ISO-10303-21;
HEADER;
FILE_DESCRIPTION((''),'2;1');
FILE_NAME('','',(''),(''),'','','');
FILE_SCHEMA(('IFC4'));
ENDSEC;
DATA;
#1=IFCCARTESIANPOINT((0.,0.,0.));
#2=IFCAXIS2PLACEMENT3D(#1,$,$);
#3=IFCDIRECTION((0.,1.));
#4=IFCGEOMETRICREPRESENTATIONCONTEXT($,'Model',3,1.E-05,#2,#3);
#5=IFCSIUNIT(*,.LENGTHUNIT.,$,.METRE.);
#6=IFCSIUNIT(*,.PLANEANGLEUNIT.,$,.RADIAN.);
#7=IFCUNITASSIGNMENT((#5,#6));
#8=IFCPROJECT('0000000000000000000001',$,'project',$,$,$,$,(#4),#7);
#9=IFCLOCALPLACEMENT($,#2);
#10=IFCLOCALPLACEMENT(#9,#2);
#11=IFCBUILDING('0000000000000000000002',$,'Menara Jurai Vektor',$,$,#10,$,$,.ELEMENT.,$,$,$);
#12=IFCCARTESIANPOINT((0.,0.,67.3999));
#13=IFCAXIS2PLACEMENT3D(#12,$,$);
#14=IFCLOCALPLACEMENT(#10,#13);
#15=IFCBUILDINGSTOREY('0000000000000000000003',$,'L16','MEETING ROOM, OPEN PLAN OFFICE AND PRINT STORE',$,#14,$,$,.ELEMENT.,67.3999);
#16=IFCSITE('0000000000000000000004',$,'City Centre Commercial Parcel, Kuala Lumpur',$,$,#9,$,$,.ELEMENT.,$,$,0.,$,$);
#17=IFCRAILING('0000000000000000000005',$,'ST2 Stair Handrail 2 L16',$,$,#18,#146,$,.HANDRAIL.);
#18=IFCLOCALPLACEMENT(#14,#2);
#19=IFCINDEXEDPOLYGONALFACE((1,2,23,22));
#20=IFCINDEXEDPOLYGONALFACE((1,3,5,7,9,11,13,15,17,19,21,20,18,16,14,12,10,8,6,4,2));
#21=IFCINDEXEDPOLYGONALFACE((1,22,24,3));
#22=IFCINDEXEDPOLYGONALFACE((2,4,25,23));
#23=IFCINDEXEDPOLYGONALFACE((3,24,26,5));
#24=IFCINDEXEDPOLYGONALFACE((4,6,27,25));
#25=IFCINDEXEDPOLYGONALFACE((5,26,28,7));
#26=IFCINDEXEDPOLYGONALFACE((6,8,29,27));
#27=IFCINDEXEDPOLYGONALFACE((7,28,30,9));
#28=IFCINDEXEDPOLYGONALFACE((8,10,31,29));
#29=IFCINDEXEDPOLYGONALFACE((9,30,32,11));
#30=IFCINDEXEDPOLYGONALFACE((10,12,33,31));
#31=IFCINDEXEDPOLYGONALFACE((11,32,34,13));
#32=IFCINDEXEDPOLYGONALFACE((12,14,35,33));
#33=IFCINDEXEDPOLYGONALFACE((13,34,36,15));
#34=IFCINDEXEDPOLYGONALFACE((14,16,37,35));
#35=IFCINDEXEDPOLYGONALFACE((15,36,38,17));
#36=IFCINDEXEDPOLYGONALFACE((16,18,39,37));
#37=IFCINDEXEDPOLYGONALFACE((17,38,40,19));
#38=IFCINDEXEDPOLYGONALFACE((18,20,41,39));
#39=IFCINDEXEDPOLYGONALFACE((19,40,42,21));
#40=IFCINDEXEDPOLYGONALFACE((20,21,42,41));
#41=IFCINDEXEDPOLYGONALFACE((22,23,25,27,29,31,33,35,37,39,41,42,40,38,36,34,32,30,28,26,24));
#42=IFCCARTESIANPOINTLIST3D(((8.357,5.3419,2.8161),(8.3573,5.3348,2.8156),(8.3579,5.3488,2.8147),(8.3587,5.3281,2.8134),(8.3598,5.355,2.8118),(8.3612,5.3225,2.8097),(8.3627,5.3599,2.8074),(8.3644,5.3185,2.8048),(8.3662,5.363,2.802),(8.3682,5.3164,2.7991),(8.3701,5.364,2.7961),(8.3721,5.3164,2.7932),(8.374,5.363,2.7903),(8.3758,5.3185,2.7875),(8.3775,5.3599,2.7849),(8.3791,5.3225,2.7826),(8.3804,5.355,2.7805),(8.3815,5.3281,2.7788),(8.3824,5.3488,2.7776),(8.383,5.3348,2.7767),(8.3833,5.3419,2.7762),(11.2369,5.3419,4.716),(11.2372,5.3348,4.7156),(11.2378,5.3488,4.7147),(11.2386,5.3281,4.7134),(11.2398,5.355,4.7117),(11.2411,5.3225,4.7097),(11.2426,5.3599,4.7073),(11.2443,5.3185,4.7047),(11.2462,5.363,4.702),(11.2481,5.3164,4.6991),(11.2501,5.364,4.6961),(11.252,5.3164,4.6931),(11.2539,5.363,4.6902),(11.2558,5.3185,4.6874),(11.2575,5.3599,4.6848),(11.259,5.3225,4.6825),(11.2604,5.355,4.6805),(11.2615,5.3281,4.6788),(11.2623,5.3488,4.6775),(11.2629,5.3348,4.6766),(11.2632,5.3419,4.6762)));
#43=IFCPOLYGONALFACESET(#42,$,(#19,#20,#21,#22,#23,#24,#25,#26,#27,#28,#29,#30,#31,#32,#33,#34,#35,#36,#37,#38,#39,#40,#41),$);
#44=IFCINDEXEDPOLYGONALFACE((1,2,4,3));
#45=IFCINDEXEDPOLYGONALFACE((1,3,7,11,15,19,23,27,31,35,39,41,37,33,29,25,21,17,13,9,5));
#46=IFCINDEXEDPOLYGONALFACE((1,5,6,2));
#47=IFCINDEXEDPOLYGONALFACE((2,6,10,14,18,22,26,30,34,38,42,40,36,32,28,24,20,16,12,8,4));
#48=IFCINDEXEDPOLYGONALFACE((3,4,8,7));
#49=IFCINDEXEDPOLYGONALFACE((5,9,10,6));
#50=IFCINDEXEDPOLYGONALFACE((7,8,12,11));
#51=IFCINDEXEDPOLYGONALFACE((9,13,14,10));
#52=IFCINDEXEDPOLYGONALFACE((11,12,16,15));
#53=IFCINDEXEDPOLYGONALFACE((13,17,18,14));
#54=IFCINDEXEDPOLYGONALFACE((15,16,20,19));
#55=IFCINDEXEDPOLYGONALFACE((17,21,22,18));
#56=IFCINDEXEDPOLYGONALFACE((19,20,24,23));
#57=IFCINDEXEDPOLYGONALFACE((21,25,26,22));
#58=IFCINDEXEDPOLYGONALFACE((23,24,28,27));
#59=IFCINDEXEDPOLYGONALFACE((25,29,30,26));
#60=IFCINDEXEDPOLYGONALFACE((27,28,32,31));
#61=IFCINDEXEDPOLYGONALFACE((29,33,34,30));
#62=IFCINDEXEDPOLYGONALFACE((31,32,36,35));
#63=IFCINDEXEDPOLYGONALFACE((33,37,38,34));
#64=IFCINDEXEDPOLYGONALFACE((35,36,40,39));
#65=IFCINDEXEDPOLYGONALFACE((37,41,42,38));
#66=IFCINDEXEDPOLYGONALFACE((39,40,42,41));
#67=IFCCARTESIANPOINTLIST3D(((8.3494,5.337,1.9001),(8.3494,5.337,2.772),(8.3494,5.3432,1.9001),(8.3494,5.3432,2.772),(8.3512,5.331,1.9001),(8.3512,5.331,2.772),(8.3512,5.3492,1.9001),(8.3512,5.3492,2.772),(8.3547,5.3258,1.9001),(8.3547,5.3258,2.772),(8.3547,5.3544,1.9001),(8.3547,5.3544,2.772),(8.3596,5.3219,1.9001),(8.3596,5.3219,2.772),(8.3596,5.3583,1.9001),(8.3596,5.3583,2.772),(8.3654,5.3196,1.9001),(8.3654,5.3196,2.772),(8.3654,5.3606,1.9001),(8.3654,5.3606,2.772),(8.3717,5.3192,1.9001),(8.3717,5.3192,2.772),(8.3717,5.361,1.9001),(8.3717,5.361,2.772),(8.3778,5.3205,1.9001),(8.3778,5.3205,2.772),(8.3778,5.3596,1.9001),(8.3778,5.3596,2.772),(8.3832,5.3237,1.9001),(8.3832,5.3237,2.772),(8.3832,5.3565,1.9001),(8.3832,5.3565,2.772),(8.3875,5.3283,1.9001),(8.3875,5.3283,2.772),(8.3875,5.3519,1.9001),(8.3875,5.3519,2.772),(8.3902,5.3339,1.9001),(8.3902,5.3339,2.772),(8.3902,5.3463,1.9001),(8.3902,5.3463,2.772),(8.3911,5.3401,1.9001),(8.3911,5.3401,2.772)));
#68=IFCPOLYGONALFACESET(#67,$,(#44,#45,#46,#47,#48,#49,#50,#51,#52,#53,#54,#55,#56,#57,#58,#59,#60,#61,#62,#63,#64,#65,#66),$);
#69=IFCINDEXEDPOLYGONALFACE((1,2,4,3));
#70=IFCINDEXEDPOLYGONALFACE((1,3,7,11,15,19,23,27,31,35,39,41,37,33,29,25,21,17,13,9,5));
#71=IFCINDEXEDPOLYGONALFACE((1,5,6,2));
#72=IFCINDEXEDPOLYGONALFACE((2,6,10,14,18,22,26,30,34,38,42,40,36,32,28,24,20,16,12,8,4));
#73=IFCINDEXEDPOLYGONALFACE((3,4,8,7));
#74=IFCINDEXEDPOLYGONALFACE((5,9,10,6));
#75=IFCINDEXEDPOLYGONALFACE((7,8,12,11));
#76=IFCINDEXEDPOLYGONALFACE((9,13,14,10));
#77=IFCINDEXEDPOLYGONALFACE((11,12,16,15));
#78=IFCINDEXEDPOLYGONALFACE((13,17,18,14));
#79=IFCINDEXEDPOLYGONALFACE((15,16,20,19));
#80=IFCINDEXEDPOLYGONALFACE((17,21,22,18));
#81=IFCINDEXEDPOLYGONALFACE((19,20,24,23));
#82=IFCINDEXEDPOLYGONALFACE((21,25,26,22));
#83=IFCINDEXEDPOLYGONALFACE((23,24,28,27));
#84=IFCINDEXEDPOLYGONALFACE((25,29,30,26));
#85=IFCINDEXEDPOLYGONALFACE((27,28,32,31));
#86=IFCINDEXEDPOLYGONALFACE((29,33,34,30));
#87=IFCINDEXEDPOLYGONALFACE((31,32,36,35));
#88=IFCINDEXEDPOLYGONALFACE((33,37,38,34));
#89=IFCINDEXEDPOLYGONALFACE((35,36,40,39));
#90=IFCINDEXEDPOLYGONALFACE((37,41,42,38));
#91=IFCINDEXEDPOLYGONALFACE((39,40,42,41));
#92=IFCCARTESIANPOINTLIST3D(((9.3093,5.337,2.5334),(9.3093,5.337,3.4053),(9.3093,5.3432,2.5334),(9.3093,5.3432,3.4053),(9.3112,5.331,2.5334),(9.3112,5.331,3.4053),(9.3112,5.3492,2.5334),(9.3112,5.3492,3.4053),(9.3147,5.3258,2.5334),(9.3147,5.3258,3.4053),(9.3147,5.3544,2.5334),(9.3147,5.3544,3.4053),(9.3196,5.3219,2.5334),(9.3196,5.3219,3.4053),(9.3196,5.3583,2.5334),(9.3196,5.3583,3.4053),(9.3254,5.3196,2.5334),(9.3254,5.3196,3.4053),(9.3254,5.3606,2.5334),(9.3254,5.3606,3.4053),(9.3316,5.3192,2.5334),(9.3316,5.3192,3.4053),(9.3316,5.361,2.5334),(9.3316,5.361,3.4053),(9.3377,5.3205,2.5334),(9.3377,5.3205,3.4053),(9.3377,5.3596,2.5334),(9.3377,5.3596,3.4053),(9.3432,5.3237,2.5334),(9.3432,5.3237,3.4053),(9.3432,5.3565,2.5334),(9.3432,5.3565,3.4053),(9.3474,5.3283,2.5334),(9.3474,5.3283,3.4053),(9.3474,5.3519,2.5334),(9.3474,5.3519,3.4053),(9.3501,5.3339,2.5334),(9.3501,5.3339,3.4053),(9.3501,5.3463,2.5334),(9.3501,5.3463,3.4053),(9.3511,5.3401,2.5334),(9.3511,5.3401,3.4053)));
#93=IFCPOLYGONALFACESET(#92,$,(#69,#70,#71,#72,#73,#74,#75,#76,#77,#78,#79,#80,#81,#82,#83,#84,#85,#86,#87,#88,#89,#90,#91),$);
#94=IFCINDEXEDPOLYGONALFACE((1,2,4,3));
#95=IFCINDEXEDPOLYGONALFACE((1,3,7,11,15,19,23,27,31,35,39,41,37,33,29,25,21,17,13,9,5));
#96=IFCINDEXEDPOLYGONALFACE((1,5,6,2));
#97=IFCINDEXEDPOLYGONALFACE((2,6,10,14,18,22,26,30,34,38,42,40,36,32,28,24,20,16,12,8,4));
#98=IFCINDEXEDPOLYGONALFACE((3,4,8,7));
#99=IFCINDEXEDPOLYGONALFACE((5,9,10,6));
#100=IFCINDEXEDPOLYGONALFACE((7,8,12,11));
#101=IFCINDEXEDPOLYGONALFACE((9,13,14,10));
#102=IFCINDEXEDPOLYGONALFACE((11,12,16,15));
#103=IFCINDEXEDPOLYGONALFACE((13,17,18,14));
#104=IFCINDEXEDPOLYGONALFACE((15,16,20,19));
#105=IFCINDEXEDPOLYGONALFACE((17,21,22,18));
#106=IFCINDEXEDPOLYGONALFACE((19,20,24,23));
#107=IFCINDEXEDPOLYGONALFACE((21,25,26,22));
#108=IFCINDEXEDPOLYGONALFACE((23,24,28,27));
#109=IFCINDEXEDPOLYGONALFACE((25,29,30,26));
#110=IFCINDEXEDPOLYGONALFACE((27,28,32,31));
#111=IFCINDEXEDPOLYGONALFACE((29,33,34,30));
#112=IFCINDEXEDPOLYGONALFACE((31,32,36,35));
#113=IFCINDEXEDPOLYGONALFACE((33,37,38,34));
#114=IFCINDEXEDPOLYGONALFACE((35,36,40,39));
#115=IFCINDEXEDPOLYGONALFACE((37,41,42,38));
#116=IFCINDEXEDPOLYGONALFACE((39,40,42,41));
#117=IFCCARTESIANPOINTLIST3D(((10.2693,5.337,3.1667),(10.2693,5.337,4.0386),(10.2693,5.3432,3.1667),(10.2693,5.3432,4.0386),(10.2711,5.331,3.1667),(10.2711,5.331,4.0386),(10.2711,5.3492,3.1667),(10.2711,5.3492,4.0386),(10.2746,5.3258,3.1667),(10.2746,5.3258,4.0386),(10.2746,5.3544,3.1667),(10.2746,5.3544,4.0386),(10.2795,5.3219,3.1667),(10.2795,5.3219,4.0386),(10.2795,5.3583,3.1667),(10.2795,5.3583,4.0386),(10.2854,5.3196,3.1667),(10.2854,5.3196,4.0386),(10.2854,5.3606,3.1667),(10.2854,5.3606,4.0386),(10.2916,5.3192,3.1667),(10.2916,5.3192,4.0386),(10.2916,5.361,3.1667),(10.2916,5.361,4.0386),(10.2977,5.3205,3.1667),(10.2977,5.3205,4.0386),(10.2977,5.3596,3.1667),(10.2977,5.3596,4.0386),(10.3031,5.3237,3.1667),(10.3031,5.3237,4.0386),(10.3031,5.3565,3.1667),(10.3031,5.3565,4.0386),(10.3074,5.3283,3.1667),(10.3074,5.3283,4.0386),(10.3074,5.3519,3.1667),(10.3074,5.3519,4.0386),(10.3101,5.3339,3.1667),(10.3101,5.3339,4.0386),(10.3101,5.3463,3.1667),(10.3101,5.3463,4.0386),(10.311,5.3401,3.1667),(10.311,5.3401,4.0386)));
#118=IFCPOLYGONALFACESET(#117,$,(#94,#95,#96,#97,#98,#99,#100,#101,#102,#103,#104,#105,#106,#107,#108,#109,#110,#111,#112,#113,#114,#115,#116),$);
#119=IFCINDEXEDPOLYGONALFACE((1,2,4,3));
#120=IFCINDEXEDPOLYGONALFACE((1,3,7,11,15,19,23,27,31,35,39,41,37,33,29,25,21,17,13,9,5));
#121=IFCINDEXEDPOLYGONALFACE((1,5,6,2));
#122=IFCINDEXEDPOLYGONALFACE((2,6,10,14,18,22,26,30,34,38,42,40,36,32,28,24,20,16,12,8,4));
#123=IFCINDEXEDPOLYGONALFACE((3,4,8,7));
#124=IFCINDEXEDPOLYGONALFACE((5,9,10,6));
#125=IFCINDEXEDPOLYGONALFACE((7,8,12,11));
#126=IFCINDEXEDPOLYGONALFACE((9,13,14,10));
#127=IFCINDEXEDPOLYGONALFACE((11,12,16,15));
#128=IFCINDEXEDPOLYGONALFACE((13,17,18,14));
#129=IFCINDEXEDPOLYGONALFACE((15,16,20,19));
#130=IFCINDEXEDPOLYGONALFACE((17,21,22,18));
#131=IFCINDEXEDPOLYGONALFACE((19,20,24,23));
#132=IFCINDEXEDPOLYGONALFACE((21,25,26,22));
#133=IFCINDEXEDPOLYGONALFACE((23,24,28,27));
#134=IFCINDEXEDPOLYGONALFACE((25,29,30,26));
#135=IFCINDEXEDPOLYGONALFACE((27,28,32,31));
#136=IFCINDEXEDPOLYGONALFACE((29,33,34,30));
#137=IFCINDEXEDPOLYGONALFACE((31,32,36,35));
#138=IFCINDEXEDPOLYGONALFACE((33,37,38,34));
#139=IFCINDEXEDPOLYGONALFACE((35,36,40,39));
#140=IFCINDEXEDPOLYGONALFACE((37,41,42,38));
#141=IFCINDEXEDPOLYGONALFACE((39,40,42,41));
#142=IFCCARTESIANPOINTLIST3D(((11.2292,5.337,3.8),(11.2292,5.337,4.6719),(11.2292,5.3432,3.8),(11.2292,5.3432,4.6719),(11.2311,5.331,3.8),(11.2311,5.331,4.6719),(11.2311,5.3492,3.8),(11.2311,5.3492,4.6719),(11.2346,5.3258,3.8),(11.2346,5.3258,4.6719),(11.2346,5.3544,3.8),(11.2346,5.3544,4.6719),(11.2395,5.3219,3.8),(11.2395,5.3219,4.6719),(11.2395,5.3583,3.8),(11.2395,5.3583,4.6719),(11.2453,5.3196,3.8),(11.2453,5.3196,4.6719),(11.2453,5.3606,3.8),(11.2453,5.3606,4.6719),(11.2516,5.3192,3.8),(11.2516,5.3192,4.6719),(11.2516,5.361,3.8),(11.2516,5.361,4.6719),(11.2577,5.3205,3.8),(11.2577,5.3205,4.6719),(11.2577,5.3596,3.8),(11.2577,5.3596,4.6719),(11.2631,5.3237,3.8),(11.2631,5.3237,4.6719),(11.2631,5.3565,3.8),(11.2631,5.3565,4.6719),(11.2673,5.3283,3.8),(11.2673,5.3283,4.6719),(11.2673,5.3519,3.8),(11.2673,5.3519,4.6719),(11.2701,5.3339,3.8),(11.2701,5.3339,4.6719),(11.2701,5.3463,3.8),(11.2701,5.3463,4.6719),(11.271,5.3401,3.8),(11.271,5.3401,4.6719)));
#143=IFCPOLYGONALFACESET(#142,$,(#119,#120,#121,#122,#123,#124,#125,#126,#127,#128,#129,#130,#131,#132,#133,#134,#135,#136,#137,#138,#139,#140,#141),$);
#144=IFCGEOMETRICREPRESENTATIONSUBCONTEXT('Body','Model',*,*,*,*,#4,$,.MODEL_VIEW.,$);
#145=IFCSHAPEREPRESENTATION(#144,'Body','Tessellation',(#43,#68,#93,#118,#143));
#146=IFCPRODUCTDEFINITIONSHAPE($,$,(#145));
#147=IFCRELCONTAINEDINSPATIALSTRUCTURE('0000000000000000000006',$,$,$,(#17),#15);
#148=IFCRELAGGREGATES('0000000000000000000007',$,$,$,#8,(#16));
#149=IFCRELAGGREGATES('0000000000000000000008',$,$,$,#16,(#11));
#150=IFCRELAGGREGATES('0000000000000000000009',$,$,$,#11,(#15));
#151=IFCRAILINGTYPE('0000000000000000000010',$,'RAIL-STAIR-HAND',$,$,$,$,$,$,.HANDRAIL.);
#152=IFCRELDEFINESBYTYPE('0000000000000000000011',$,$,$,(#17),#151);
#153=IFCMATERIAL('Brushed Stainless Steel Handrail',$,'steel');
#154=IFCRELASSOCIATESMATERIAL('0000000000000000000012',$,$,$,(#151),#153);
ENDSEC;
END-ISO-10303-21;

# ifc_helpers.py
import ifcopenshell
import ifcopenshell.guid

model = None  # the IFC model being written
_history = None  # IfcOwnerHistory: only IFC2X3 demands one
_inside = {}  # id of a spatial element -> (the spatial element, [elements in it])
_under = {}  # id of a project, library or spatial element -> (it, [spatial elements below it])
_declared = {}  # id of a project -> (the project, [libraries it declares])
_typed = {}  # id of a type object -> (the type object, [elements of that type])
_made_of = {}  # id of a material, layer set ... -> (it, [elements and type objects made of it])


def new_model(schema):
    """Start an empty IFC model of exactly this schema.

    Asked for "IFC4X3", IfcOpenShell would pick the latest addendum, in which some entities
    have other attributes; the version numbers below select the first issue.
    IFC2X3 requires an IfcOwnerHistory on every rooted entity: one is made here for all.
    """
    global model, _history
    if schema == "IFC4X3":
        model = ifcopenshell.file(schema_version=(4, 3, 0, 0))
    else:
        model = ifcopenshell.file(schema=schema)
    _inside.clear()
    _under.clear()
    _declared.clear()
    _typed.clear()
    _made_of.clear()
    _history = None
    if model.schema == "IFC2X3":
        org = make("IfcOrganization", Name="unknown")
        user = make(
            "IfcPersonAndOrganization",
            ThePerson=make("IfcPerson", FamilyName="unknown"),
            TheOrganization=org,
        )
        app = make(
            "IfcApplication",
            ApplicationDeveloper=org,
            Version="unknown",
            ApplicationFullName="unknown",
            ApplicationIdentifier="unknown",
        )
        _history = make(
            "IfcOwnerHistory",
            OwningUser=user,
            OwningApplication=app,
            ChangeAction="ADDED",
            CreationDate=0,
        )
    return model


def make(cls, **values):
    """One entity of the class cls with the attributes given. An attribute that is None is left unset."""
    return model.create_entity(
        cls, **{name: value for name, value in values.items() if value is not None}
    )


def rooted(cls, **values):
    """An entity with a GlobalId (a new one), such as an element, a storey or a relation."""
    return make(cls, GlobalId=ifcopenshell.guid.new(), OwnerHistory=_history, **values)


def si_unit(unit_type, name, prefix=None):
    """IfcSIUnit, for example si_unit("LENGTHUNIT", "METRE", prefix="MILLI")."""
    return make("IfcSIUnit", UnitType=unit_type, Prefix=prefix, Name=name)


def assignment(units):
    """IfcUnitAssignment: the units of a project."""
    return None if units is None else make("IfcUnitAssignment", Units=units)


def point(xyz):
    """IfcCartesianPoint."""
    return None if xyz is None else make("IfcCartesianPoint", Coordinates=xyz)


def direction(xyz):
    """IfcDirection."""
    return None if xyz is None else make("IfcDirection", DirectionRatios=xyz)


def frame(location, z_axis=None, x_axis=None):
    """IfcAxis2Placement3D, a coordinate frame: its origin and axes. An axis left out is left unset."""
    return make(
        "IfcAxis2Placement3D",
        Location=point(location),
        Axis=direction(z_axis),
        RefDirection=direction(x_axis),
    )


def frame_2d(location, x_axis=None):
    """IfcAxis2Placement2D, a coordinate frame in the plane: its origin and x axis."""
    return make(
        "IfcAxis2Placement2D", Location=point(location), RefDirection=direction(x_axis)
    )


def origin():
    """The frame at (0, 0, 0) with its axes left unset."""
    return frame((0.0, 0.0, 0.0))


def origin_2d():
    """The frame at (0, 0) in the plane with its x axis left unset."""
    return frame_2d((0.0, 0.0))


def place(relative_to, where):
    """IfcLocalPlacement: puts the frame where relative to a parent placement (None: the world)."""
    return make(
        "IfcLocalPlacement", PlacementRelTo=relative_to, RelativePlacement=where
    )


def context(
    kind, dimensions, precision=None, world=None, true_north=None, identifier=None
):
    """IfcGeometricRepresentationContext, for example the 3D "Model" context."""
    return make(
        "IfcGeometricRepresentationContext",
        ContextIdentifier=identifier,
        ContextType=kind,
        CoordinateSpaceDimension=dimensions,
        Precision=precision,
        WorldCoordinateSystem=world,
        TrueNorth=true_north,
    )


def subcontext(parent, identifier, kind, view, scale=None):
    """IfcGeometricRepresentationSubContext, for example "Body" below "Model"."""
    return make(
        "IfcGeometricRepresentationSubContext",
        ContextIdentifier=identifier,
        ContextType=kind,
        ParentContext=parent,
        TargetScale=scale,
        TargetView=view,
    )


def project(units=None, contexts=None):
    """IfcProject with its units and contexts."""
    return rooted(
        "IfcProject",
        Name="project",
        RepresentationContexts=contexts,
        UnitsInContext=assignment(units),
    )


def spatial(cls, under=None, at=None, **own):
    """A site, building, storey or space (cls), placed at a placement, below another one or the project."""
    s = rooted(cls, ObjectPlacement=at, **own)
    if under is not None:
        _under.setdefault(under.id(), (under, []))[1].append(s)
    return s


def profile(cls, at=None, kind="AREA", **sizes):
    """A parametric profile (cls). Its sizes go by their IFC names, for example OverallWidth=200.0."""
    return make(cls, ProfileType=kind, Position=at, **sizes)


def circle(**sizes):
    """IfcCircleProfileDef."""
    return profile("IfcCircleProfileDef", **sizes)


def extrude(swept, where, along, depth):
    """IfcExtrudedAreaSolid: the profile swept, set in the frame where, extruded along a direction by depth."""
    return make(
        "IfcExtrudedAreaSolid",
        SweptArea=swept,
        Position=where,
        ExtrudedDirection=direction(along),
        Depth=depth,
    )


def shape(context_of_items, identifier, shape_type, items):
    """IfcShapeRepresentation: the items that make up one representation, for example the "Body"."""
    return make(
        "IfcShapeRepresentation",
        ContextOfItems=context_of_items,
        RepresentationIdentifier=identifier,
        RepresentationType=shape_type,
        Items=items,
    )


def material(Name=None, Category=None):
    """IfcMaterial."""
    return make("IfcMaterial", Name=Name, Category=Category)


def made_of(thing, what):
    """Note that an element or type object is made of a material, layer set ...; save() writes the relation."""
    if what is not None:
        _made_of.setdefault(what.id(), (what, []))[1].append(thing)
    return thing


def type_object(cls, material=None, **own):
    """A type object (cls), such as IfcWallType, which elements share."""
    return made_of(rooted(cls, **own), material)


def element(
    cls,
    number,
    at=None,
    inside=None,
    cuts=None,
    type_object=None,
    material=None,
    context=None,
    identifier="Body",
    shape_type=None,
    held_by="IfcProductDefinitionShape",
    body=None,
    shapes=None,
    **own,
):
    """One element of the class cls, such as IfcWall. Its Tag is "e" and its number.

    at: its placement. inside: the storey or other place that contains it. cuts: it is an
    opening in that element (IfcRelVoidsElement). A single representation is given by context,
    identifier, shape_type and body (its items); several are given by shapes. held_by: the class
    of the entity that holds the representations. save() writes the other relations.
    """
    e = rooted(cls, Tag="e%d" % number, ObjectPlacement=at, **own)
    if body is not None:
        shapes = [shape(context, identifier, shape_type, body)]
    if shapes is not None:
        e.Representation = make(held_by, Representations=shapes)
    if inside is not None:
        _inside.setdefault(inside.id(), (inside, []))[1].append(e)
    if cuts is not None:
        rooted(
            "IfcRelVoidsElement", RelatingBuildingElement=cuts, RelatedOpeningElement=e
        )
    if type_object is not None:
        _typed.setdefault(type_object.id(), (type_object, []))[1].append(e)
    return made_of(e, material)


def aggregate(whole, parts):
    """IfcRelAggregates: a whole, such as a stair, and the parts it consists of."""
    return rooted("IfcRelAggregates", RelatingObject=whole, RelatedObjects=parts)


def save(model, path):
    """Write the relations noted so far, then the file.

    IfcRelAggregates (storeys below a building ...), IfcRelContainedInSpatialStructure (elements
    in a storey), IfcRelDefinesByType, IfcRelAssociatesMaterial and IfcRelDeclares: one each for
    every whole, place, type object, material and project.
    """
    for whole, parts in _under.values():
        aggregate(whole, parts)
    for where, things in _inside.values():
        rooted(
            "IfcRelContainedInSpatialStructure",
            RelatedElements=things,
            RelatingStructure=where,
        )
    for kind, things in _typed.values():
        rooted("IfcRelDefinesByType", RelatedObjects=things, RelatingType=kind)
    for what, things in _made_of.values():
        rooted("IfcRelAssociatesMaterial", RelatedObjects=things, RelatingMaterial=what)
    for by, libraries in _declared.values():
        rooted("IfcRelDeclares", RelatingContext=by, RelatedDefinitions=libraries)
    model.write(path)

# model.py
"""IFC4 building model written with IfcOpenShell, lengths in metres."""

from ifc_helpers import new_model, si_unit, direction, frame, origin, origin_2d, place, context, subcontext, project, spatial, circle, extrude, material, type_object, element, save


model = new_model("IFC4")

# Units and contexts
model_context = context("Model", 3, precision=1e-05, world=origin(), true_north=direction((0.0, 1.0)))
body_context = subcontext(model_context, "Body", "Model", "MODEL_VIEW")
ifc_project = project(units=[si_unit("LENGTHUNIT", "METRE"), si_unit("PLANEANGLEUNIT", "RADIAN")], contexts=[model_context])

# Site, building, storey
site_placement = place(None, origin())
site = spatial("IfcSite", under=ifc_project, at=site_placement, Name="City Centre Commercial Parcel, Kuala Lumpur", CompositionType="ELEMENT", RefElevation=0.0)
building_placement = place(site_placement, origin())
building = spatial("IfcBuilding", under=site, at=building_placement, Name="Menara Jurai Vektor", CompositionType="ELEMENT")
storey_placement = place(building_placement, frame((0.0, 0.0, 67.3999)))
storey = spatial("IfcBuildingStorey", under=building, at=storey_placement, Name="L16", Description="MEETING ROOM, OPEN PLAN OFFICE AND PRINT STORE", CompositionType="ELEMENT", Elevation=67.3999)

# Railing
ifc_material_1 = material(Name="Brushed Stainless Steel Handrail", Category="steel")
railing_type_1 = type_object("IfcRailingType", Name="RAIL-STAIR-HAND", PredefinedType="HANDRAIL", material=ifc_material_1)
railing_1_placement = place(storey_placement, frame((8.3701, 5.3401, 1.9001)))
element("IfcRailing", 1, at=railing_1_placement, inside=storey, type_object=railing_type_1, Name="ST2 Stair Handrail 2 L16", PredefinedType="HANDRAIL", context=body_context, shape_type="SweptSolid", body=[
    extrude(circle(Radius=0.0239, at=origin_2d()), frame((0.0, 0.0, 0.896), z_axis=(0.834719, 0.0, 0.550677), x_axis=(0.0, 1.0, 0.0)), (0.0, 0.0, 1.0), 3.4502),
    extrude(circle(Radius=0.021, at=origin_2d()), origin(), (0.0, 0.0, 1.0), 0.8718),
    extrude(circle(Radius=0.021, at=origin_2d()), frame((0.96, 0.0, 0.6333)), (0.0, 0.0, 1.0), 0.8718),
    extrude(circle(Radius=0.021, at=origin_2d()), frame((1.9199, 0.0, 1.2666)), (0.0, 0.0, 1.0), 0.8718),
    extrude(circle(Radius=0.021, at=origin_2d()), frame((2.8799, 0.0, 1.8999)), (0.0, 0.0, 1.0), 0.8718),
])

save(model, "model.ifc")
